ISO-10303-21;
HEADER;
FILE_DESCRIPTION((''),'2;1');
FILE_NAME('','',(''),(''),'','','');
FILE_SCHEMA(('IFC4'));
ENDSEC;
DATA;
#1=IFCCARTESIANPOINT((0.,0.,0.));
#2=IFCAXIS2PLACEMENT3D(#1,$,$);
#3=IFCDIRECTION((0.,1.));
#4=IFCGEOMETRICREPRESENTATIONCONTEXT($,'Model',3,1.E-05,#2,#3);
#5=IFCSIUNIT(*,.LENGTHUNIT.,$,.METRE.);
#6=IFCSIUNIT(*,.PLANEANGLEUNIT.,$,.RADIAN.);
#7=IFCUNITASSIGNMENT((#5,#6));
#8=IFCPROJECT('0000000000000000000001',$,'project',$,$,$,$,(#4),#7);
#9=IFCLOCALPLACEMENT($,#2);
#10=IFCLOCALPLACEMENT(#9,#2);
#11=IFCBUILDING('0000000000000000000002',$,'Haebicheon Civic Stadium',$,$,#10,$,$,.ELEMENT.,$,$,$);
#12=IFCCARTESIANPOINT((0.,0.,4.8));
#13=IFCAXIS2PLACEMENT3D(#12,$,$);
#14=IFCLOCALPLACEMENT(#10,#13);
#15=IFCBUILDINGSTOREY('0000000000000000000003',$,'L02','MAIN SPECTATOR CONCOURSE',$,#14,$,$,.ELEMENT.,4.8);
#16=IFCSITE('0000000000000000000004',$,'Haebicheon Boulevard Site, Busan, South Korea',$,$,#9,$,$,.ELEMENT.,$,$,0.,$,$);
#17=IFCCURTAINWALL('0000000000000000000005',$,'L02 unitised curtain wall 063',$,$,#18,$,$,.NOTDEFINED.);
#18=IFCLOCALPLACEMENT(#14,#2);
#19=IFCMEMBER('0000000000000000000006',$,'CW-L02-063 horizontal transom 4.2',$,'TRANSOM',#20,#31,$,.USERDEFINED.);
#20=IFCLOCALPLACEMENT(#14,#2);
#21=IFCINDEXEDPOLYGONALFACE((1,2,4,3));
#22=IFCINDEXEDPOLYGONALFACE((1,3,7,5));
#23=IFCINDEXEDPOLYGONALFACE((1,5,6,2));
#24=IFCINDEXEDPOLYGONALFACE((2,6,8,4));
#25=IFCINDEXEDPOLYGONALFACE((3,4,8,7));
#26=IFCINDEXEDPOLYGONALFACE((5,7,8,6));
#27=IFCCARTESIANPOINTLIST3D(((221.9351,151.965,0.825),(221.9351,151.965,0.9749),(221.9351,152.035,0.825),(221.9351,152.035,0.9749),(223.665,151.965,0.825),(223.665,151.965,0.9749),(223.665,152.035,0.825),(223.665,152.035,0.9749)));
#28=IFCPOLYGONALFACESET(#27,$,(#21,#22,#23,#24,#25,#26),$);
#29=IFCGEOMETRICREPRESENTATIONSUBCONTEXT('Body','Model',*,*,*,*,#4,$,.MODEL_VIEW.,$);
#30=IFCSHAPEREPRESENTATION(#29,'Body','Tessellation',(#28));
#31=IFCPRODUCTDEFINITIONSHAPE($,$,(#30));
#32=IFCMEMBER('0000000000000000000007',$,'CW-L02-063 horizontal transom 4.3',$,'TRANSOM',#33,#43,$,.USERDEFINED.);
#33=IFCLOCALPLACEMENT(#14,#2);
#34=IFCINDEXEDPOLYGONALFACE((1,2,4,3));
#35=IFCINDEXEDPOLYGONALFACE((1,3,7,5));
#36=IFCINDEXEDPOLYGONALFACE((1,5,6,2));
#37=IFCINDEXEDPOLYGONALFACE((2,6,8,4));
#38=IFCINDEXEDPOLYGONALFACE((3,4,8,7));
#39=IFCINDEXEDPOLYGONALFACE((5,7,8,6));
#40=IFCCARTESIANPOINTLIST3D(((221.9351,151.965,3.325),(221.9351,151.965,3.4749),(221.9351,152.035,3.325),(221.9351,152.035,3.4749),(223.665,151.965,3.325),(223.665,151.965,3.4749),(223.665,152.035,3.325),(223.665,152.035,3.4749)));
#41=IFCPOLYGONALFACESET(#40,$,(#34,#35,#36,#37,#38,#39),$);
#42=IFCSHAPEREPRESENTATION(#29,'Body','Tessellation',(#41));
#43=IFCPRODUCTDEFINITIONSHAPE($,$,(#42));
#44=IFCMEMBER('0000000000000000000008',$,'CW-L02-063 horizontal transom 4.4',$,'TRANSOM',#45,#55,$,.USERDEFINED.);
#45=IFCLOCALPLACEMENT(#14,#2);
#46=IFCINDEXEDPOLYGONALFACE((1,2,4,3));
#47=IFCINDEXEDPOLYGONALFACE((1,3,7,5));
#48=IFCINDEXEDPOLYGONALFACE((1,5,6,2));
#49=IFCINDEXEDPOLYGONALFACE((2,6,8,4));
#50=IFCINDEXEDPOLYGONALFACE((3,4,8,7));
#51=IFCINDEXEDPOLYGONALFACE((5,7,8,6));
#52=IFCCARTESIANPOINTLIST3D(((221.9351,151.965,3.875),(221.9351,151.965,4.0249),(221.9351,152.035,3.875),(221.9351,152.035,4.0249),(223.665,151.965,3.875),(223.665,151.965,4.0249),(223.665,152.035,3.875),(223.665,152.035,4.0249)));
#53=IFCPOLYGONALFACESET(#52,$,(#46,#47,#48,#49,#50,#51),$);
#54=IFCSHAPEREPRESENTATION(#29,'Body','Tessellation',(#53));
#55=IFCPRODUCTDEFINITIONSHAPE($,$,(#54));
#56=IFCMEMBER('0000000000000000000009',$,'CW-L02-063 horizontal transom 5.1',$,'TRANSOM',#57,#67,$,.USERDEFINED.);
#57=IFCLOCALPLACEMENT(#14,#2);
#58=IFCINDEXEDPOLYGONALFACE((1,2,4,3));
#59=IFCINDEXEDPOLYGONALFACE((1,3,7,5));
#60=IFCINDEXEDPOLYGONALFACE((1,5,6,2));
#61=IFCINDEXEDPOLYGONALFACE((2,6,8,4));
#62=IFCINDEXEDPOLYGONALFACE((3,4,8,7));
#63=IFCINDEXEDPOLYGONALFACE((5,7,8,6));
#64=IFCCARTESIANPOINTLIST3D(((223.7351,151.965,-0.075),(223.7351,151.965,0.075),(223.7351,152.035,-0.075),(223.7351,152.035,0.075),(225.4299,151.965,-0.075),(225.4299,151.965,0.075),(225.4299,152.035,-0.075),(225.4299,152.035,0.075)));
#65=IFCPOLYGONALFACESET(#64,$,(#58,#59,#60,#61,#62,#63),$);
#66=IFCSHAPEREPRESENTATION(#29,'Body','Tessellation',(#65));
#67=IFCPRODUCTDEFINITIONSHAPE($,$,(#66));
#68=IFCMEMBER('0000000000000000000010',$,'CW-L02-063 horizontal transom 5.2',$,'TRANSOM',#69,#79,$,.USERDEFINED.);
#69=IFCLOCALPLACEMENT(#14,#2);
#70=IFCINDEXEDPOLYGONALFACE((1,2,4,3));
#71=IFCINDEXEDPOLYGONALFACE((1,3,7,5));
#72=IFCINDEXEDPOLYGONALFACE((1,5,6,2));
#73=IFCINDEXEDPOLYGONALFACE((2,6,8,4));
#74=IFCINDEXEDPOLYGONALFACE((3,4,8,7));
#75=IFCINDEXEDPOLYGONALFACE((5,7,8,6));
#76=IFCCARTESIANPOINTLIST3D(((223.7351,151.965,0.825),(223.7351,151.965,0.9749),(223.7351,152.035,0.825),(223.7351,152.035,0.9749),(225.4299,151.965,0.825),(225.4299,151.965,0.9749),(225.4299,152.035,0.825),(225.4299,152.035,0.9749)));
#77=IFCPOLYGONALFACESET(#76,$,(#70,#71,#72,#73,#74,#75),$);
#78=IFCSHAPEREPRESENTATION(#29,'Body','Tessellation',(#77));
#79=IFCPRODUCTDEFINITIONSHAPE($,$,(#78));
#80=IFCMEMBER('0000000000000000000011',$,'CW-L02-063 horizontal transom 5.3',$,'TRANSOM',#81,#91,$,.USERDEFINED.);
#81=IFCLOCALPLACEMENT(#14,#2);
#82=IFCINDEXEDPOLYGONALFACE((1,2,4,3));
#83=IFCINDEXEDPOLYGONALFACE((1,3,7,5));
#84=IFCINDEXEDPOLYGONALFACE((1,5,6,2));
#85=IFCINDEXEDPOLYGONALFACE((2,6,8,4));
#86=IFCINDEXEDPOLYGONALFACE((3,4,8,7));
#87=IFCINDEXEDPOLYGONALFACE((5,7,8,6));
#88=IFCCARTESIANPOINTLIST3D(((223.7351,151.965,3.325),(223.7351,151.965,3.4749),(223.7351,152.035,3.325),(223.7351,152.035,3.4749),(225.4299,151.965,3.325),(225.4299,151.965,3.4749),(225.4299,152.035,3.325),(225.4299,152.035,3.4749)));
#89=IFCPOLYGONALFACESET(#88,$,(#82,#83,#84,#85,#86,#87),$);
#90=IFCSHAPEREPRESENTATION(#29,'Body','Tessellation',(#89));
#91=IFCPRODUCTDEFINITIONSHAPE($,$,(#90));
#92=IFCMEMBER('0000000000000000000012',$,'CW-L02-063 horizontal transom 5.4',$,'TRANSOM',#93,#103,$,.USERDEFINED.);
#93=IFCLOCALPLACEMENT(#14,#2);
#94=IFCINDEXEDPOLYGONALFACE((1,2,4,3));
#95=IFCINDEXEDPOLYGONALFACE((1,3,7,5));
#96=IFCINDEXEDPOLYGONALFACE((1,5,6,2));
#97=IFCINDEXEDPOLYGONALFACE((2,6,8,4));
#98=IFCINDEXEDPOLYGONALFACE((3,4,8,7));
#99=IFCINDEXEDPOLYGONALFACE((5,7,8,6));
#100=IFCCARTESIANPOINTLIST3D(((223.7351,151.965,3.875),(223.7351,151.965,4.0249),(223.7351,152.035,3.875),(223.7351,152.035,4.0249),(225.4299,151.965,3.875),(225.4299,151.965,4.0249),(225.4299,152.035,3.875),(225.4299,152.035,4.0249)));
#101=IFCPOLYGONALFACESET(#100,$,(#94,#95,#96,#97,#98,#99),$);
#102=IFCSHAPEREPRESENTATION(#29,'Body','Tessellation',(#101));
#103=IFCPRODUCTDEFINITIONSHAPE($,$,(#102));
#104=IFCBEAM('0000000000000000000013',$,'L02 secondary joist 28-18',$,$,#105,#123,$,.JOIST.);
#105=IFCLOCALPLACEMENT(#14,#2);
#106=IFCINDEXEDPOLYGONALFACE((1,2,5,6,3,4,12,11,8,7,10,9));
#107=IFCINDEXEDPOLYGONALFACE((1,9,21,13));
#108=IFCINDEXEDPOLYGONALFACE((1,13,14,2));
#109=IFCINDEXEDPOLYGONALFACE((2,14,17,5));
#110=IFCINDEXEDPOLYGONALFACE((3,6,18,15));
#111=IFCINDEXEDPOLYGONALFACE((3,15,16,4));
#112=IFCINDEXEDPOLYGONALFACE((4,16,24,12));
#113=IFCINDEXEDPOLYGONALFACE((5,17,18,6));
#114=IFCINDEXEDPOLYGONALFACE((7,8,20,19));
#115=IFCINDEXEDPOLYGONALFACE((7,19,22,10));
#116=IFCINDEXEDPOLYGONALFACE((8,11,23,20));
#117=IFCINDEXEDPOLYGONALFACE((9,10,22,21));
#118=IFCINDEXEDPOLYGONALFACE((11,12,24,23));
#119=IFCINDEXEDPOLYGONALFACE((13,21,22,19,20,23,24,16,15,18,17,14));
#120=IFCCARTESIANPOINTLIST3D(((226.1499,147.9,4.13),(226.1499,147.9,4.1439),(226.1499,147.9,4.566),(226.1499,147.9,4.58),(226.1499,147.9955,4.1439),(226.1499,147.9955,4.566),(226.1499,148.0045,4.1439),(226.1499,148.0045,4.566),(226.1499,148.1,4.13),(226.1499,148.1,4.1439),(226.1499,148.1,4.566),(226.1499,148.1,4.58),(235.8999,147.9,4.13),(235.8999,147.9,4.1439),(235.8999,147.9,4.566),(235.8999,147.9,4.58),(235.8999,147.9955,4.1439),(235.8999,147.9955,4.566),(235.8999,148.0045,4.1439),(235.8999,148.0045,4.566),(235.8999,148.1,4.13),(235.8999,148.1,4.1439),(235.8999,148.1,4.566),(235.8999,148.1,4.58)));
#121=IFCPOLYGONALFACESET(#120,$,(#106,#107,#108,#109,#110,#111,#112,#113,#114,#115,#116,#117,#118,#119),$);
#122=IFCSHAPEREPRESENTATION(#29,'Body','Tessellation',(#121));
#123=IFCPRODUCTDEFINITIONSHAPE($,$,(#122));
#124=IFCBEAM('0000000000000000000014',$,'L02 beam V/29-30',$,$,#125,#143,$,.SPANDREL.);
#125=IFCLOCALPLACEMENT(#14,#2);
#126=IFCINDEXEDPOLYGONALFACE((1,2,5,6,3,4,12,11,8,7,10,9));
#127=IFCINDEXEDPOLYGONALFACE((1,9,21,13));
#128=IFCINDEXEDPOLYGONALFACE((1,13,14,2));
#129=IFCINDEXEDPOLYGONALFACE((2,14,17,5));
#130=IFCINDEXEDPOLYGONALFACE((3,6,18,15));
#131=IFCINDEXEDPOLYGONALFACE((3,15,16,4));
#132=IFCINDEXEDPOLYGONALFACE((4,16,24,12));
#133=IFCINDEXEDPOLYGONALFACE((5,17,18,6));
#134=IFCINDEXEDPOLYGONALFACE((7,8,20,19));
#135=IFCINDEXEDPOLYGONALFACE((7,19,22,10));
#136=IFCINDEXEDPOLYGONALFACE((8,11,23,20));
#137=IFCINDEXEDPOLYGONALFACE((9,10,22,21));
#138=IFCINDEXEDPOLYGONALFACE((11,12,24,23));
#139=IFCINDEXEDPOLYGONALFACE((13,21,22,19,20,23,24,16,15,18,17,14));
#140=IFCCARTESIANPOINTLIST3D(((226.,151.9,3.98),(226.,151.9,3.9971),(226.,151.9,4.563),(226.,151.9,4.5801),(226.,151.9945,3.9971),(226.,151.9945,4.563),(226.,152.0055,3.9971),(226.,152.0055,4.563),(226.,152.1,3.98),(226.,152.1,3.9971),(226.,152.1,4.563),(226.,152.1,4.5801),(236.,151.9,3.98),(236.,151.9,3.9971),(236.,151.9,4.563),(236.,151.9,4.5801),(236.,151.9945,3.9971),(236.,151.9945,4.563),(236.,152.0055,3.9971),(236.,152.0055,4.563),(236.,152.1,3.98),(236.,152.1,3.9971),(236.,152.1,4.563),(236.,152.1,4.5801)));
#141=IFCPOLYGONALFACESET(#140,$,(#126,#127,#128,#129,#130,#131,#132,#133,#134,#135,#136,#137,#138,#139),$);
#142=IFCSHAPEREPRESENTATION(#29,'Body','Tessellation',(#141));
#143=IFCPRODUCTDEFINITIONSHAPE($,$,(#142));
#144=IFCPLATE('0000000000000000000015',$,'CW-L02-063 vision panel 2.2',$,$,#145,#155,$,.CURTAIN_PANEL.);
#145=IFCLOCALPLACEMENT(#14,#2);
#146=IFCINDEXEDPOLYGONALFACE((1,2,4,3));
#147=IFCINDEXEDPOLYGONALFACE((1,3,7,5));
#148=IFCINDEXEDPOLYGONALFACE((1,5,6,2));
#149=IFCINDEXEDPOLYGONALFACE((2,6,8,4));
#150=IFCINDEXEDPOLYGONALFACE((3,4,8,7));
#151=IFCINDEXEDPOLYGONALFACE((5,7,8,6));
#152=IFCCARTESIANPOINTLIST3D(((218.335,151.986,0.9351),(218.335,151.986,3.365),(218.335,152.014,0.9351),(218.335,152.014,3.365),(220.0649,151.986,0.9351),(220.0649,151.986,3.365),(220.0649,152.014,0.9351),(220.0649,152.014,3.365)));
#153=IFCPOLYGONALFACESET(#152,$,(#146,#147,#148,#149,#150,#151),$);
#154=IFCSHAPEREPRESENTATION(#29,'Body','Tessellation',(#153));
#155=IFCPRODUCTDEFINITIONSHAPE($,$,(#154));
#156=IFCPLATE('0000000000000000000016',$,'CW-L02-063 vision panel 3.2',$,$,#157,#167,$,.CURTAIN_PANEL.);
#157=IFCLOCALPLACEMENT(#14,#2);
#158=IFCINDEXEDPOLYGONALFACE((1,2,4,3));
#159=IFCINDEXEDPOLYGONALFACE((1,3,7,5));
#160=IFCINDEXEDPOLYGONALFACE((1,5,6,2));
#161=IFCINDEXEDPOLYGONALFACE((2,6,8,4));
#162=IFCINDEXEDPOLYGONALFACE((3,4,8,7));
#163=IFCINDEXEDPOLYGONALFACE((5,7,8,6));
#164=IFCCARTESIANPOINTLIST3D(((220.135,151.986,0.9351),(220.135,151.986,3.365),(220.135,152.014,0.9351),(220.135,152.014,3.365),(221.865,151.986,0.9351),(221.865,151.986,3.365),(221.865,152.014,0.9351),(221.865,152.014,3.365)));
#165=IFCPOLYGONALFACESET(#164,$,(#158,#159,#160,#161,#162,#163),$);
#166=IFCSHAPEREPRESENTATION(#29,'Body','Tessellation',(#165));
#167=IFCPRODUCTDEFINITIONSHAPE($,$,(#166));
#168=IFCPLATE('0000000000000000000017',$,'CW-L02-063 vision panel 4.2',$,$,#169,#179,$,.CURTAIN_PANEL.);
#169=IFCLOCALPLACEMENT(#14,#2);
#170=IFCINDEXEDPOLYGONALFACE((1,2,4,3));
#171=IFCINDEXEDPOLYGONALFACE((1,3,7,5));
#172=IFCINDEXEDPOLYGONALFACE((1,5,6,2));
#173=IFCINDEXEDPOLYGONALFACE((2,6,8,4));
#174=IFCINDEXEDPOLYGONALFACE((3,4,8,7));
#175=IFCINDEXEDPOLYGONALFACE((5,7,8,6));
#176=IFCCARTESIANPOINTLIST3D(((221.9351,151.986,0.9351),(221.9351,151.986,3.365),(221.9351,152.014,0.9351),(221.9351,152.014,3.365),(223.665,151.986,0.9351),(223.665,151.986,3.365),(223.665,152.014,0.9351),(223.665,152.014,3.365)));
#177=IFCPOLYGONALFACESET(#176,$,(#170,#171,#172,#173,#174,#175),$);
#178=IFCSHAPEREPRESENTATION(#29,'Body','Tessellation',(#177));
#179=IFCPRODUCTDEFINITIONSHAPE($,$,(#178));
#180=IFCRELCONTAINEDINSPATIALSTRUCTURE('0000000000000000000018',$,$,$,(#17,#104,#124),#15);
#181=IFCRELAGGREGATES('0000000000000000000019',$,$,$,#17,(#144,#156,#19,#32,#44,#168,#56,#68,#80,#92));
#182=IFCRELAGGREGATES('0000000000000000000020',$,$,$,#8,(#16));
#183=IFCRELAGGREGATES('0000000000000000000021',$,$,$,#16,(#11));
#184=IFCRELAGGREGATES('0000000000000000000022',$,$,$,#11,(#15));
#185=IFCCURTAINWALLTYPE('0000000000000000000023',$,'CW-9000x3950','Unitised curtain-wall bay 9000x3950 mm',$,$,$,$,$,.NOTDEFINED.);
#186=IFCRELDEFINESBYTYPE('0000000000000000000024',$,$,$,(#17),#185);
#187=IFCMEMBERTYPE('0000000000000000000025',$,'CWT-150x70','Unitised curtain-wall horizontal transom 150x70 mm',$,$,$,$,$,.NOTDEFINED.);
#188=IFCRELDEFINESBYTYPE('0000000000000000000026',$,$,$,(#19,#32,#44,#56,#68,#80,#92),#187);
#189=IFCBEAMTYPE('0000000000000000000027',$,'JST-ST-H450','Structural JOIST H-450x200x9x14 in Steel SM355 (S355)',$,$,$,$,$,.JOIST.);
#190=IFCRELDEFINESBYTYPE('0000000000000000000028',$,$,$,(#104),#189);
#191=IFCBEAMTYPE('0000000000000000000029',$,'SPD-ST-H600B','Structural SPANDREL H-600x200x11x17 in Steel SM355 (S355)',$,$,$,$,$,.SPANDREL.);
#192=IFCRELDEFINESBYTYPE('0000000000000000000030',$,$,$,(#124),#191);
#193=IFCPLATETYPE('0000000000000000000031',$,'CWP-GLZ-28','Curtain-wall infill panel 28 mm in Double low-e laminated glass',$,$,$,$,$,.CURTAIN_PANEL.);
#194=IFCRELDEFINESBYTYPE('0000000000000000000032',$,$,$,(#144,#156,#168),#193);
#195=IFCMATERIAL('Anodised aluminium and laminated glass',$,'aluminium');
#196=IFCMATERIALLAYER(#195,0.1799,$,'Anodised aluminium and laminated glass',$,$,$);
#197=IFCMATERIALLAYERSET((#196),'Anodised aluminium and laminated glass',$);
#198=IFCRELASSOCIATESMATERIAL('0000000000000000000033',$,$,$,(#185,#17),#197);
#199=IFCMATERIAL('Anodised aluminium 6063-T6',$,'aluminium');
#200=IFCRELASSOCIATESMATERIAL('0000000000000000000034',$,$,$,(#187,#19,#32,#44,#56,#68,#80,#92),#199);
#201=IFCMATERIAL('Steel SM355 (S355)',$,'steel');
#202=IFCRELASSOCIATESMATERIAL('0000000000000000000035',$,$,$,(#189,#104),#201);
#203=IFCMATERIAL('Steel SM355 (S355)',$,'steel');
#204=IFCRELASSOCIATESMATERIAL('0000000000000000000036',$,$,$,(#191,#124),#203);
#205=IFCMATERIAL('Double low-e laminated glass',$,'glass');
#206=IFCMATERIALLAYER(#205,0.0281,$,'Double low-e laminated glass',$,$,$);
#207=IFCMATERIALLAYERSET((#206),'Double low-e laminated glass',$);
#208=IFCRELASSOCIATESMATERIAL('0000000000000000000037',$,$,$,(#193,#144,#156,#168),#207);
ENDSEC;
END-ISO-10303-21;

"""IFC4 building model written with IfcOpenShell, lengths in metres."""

from ifc_helpers import new_model, si_unit, direction, frame, origin, origin_2d, place, context, subcontext, project, spatial, rectangle, i_section, extrude, material, layer, layer_set, material_profile, profile_set, type_object, element, aggregate, save


model = new_model("IFC4")

# Units and contexts
model_context = context("Model", 3, precision=1e-05, world=origin(), true_north=direction((0.0, 1.0)))
body_context = subcontext(model_context, "Body", "Model", "MODEL_VIEW")
ifc_project = project(units=[si_unit("LENGTHUNIT", "METRE"), si_unit("PLANEANGLEUNIT", "RADIAN")], contexts=[model_context])

# Site, building, storey
site_placement = place(None, origin())
site = spatial("IfcSite", under=ifc_project, at=site_placement, Name="Haebicheon Boulevard Site, Busan, South Korea", CompositionType="ELEMENT", RefElevation=0.0)
building_placement = place(site_placement, origin())
building = spatial("IfcBuilding", under=site, at=building_placement, Name="Haebicheon Civic Stadium", CompositionType="ELEMENT")
storey_placement = place(building_placement, frame((0.0, 0.0, 4.8)))
storey = spatial("IfcBuildingStorey", under=building, at=storey_placement, Name="L02", Description="MAIN SPECTATOR CONCOURSE", CompositionType="ELEMENT", Elevation=4.8)

# Curtain wall, members
ifc_material_1 = material(Name="Anodised aluminium and laminated glass", Category="aluminium")
ifc_layer_1 = layer(ifc_material_1, 0.1799, Name="Anodised aluminium and laminated glass")
ifc_layer_set_1 = layer_set([ifc_layer_1], Name="Anodised aluminium and laminated glass")
curtain_wall_type = type_object("IfcCurtainWallType", Name="CW-9000x3950", Description="Unitised curtain-wall bay 9000x3950 mm", PredefinedType="NOTDEFINED", material=ifc_layer_set_1)
curtain_wall_placement = place(storey_placement, origin())
curtain_wall = element("IfcCurtainWall", 1, at=curtain_wall_placement, inside=storey, type_object=curtain_wall_type, material=ifc_layer_set_1, Name="L02 unitised curtain wall 063", PredefinedType="NOTDEFINED")
ifc_material_2 = material(Name="Anodised aluminium 6063-T6", Category="aluminium")
ifc_material_profile_1 = material_profile(ifc_material_2, rectangle(XDim=0.0701, YDim=0.1499, at=origin_2d()), Name="ALU-TRAN-70x150")
ifc_profile_set_1 = profile_set([ifc_material_profile_1], Name="Anodised aluminium 6063-T6")
member_type_1 = type_object("IfcMemberType", Name="CWT-150x70", Description="Unitised curtain-wall horizontal transom 150x70 mm", PredefinedType="NOTDEFINED", material=ifc_profile_set_1)
member_1_placement = place(storey_placement, frame((221.9351, 152.0, 0.8999), z_axis=(1.0, 0.0, 0.0), x_axis=(0.0, 1.0, 0.0)))
member_1 = element("IfcMember", 2, at=member_1_placement, type_object=member_type_1, material=ifc_profile_set_1, Name="CW-L02-063 horizontal transom 4.2", ObjectType="TRANSOM", PredefinedType="USERDEFINED", context=body_context, shape_type="SweptSolid", body=[
    extrude(rectangle(XDim=0.0701, YDim=0.1499, at=origin_2d()), origin(), (0.0, 0.0, 1.0), 1.73),
])
member_2_placement = place(storey_placement, frame((221.9351, 152.0, 3.3999), z_axis=(1.0, 0.0, 0.0), x_axis=(0.0, 1.0, 0.0)))
member_2 = element("IfcMember", 3, at=member_2_placement, type_object=member_type_1, material=ifc_profile_set_1, Name="CW-L02-063 horizontal transom 4.3", ObjectType="TRANSOM", PredefinedType="USERDEFINED", context=body_context, shape_type="SweptSolid", body=[
    extrude(rectangle(XDim=0.0701, YDim=0.1499, at=origin_2d()), origin(), (0.0, 0.0, 1.0), 1.73),
])
member_3_placement = place(storey_placement, frame((221.9351, 152.0, 3.95), z_axis=(1.0, 0.0, 0.0), x_axis=(0.0, 1.0, 0.0)))
member_3 = element("IfcMember", 4, at=member_3_placement, type_object=member_type_1, material=ifc_profile_set_1, Name="CW-L02-063 horizontal transom 4.4", ObjectType="TRANSOM", PredefinedType="USERDEFINED", context=body_context, shape_type="SweptSolid", body=[
    extrude(rectangle(XDim=0.0701, YDim=0.1499, at=origin_2d()), origin(), (0.0, 0.0, 1.0), 1.73),
])
member_4_placement = place(storey_placement, frame((223.7351, 152.0, 0.0), z_axis=(1.0, 0.0, 0.0), x_axis=(0.0, 1.0, 0.0)))
member_4 = element("IfcMember", 5, at=member_4_placement, type_object=member_type_1, material=ifc_profile_set_1, Name="CW-L02-063 horizontal transom 5.1", ObjectType="TRANSOM", PredefinedType="USERDEFINED", context=body_context, shape_type="SweptSolid", body=[
    extrude(rectangle(XDim=0.0701, YDim=0.1499, at=origin_2d()), origin(), (0.0, 0.0, 1.0), 1.6948),
])
member_5_placement = place(storey_placement, frame((223.7351, 152.0, 0.8999), z_axis=(1.0, 0.0, 0.0), x_axis=(0.0, 1.0, 0.0)))
member_5 = element("IfcMember", 6, at=member_5_placement, type_object=member_type_1, material=ifc_profile_set_1, Name="CW-L02-063 horizontal transom 5.2", ObjectType="TRANSOM", PredefinedType="USERDEFINED", context=body_context, shape_type="SweptSolid", body=[
    extrude(rectangle(XDim=0.0701, YDim=0.1499, at=origin_2d()), origin(), (0.0, 0.0, 1.0), 1.6948),
])
member_6_placement = place(storey_placement, frame((223.7351, 152.0, 3.3999), z_axis=(1.0, 0.0, 0.0), x_axis=(0.0, 1.0, 0.0)))
member_6 = element("IfcMember", 7, at=member_6_placement, type_object=member_type_1, material=ifc_profile_set_1, Name="CW-L02-063 horizontal transom 5.3", ObjectType="TRANSOM", PredefinedType="USERDEFINED", context=body_context, shape_type="SweptSolid", body=[
    extrude(rectangle(XDim=0.0701, YDim=0.1499, at=origin_2d()), origin(), (0.0, 0.0, 1.0), 1.6948),
])
member_7_placement = place(storey_placement, frame((223.7351, 152.0, 3.95), z_axis=(1.0, 0.0, 0.0), x_axis=(0.0, 1.0, 0.0)))
member_7 = element("IfcMember", 8, at=member_7_placement, type_object=member_type_1, material=ifc_profile_set_1, Name="CW-L02-063 horizontal transom 5.4", ObjectType="TRANSOM", PredefinedType="USERDEFINED", context=body_context, shape_type="SweptSolid", body=[
    extrude(rectangle(XDim=0.0701, YDim=0.1499, at=origin_2d()), origin(), (0.0, 0.0, 1.0), 1.6948),
])

# Beams
ifc_material_3 = material(Name="Steel SM355 (S355)", Category="steel")
ifc_material_profile_2 = material_profile(ifc_material_3, i_section(OverallWidth=0.2, OverallDepth=0.45, WebThickness=0.009, FlangeThickness=0.0139, at=origin_2d()), Name="H-450x200x9x14")
ifc_profile_set_2 = profile_set([ifc_material_profile_2], Name="Steel SM355 (S355)")
beam_type_1 = type_object("IfcBeamType", Name="JST-ST-H450", Description="Structural JOIST H-450x200x9x14 in Steel SM355 (S355)", PredefinedType="JOIST", material=ifc_profile_set_2)
beam_1_placement = place(storey_placement, frame((226.1499, 148.0, 4.355), z_axis=(1.0, 0.0, 0.0), x_axis=(0.0, 1.0, 0.0)))
element("IfcBeam", 9, at=beam_1_placement, inside=storey, type_object=beam_type_1, material=ifc_profile_set_2, Name="L02 secondary joist 28-18", PredefinedType="JOIST", context=body_context, shape_type="SweptSolid", body=[
    extrude(i_section(OverallWidth=0.2, OverallDepth=0.45, WebThickness=0.009, FlangeThickness=0.0139, at=origin_2d()), origin(), (0.0, 0.0, 1.0), 9.75),
])
ifc_material_4 = material(Name="Steel SM355 (S355)", Category="steel")
ifc_material_profile_3 = material_profile(ifc_material_4, i_section(OverallWidth=0.2, OverallDepth=0.6001, WebThickness=0.011, FlangeThickness=0.0171, at=origin_2d()), Name="H-600x200x11x17")
ifc_profile_set_3 = profile_set([ifc_material_profile_3], Name="Steel SM355 (S355)")
beam_type_2 = type_object("IfcBeamType", Name="SPD-ST-H600B", Description="Structural SPANDREL H-600x200x11x17 in Steel SM355 (S355)", PredefinedType="SPANDREL", material=ifc_profile_set_3)
beam_2_placement = place(storey_placement, frame((226.0, 152.0, 4.28), z_axis=(1.0, 0.0, 0.0), x_axis=(0.0, 1.0, 0.0)))
element("IfcBeam", 10, at=beam_2_placement, inside=storey, type_object=beam_type_2, material=ifc_profile_set_3, Name="L02 beam V/29-30", PredefinedType="SPANDREL", context=body_context, shape_type="SweptSolid", body=[
    extrude(i_section(OverallWidth=0.2, OverallDepth=0.6001, WebThickness=0.011, FlangeThickness=0.0171, at=origin_2d()), origin(), (0.0, 0.0, 1.0), 10.0),
])

# Plates
ifc_material_5 = material(Name="Double low-e laminated glass", Category="glass")
ifc_layer_2 = layer(ifc_material_5, 0.0281, Name="Double low-e laminated glass")
ifc_layer_set_2 = layer_set([ifc_layer_2], Name="Double low-e laminated glass")
plate_type_1 = type_object("IfcPlateType", Name="CWP-GLZ-28", Description="Curtain-wall infill panel 28 mm in Double low-e laminated glass", PredefinedType="CURTAIN_PANEL", material=ifc_layer_set_2)
plate_1_placement = place(storey_placement, frame((219.2, 152.0, 0.9351), z_axis=(0.0, 0.0, 1.0), x_axis=(1.0, 0.0, 0.0)))
plate_1 = element("IfcPlate", 11, at=plate_1_placement, type_object=plate_type_1, material=ifc_layer_set_2, Name="CW-L02-063 vision panel 2.2", PredefinedType="CURTAIN_PANEL", context=body_context, shape_type="SweptSolid", body=[
    extrude(rectangle(XDim=1.73, YDim=0.0281, at=origin_2d()), origin(), (0.0, 0.0, 1.0), 2.4299),
])
plate_2_placement = place(storey_placement, frame((221.0, 152.0, 0.9351), z_axis=(0.0, 0.0, 1.0), x_axis=(1.0, 0.0, 0.0)))
plate_2 = element("IfcPlate", 12, at=plate_2_placement, type_object=plate_type_1, material=ifc_layer_set_2, Name="CW-L02-063 vision panel 3.2", PredefinedType="CURTAIN_PANEL", context=body_context, shape_type="SweptSolid", body=[
    extrude(rectangle(XDim=1.73, YDim=0.0281, at=origin_2d()), origin(), (0.0, 0.0, 1.0), 2.4299),
])
plate_3_placement = place(storey_placement, frame((222.8, 152.0, 0.9351), z_axis=(0.0, 0.0, 1.0), x_axis=(1.0, 0.0, 0.0)))
plate_3 = element("IfcPlate", 13, at=plate_3_placement, type_object=plate_type_1, material=ifc_layer_set_2, Name="CW-L02-063 vision panel 4.2", PredefinedType="CURTAIN_PANEL", context=body_context, shape_type="SweptSolid", body=[
    extrude(rectangle(XDim=1.73, YDim=0.0281, at=origin_2d()), origin(), (0.0, 0.0, 1.0), 2.4299),
])
aggregate(curtain_wall, [plate_1, plate_2, member_1, member_2, member_3, plate_3, member_4, member_5, member_6, member_7])

save(model, "model.ifc")
